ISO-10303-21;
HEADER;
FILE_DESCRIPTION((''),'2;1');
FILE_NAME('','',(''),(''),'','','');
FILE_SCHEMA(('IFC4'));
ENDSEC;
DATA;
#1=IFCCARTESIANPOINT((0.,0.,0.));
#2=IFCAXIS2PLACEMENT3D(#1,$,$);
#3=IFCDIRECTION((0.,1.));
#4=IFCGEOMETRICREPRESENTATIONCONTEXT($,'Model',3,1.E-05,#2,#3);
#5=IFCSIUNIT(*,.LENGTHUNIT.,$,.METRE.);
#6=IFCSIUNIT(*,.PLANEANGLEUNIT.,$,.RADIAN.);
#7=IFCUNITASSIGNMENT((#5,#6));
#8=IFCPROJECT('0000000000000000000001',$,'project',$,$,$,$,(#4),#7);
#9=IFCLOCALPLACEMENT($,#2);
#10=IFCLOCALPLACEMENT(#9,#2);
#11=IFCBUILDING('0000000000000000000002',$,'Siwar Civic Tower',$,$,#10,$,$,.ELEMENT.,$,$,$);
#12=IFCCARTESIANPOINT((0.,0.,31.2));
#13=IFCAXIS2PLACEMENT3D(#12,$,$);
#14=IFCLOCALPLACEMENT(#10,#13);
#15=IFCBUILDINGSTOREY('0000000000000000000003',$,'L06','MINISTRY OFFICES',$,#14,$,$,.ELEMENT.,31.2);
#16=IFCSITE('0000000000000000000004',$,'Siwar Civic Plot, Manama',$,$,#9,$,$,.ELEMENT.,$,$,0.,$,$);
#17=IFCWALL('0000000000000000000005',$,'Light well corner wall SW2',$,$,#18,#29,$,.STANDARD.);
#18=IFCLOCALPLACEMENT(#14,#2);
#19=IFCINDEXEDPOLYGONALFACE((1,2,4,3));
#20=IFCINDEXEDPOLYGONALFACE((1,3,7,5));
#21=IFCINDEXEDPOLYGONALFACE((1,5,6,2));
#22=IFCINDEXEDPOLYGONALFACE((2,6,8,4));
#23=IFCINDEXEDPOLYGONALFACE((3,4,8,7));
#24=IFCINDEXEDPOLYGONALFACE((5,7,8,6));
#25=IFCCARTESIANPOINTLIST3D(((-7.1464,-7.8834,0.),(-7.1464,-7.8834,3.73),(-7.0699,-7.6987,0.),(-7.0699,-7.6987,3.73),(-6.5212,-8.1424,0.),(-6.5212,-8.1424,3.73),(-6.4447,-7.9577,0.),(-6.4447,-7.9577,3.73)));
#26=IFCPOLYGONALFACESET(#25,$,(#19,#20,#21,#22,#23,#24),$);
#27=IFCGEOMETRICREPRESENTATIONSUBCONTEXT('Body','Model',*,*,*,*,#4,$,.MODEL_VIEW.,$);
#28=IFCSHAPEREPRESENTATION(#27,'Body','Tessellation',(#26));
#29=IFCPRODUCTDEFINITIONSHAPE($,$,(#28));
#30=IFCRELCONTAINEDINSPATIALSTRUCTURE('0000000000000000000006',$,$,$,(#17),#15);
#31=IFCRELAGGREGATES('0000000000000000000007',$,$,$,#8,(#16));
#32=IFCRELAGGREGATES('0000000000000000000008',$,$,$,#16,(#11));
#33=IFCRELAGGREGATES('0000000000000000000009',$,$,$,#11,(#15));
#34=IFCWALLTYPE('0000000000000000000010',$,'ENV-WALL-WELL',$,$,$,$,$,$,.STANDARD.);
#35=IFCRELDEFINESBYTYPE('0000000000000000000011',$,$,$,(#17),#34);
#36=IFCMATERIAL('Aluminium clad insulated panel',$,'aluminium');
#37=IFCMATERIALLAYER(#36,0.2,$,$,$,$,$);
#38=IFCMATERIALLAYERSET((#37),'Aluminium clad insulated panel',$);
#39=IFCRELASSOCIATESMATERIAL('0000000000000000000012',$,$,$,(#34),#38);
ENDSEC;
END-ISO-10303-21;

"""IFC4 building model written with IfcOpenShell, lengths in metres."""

from ifc_helpers import new_model, si_unit, direction, frame, frame_2d, origin, place, context, subcontext, project, spatial, rectangle, extrude, material, layer, layer_set, type_object, element, save


model = new_model("IFC4")

# Units and contexts
model_context = context("Model", 3, precision=1e-05, world=origin(), true_north=direction((0.0, 1.0)))
body_context = subcontext(model_context, "Body", "Model", "MODEL_VIEW")
ifc_project = project(units=[si_unit("LENGTHUNIT", "METRE"), si_unit("PLANEANGLEUNIT", "RADIAN")], contexts=[model_context])

# Site, building, storey
site_placement = place(None, origin())
site = spatial("IfcSite", under=ifc_project, at=site_placement, Name="Siwar Civic Plot, Manama", CompositionType="ELEMENT", RefElevation=0.0)
building_placement = place(site_placement, origin())
building = spatial("IfcBuilding", under=site, at=building_placement, Name="Siwar Civic Tower", CompositionType="ELEMENT")
storey_placement = place(building_placement, frame((0.0, 0.0, 31.2)))
storey = spatial("IfcBuildingStorey", under=building, at=storey_placement, Name="L06", Description="MINISTRY OFFICES", CompositionType="ELEMENT", Elevation=31.2)

# Wall
ifc_material_1 = material(Name="Aluminium clad insulated panel", Category="aluminium")
ifc_layer_1 = layer(ifc_material_1, 0.2)
ifc_layer_set_1 = layer_set([ifc_layer_1], Name="Aluminium clad insulated panel")
wall_type_1 = type_object("IfcWallType", Name="ENV-WALL-WELL", PredefinedType="STANDARD", material=ifc_layer_set_1)
wall_1_placement = place(storey_placement, frame((-7.1082, -7.791, 0.0), z_axis=(0.0, 0.0, 1.0), x_axis=(0.923854, -0.382745, 0.0)))
element("IfcWall", 1, at=wall_1_placement, inside=storey, type_object=wall_type_1, Name="Light well corner wall SW2", PredefinedType="STANDARD", context=body_context, shape_type="SweptSolid", body=[
    extrude(rectangle(XDim=0.6768, YDim=0.2, at=frame_2d((0.3384, 0.0))), origin(), (0.0, 0.0, 1.0), 3.73),
])

save(model, "model.ifc")
